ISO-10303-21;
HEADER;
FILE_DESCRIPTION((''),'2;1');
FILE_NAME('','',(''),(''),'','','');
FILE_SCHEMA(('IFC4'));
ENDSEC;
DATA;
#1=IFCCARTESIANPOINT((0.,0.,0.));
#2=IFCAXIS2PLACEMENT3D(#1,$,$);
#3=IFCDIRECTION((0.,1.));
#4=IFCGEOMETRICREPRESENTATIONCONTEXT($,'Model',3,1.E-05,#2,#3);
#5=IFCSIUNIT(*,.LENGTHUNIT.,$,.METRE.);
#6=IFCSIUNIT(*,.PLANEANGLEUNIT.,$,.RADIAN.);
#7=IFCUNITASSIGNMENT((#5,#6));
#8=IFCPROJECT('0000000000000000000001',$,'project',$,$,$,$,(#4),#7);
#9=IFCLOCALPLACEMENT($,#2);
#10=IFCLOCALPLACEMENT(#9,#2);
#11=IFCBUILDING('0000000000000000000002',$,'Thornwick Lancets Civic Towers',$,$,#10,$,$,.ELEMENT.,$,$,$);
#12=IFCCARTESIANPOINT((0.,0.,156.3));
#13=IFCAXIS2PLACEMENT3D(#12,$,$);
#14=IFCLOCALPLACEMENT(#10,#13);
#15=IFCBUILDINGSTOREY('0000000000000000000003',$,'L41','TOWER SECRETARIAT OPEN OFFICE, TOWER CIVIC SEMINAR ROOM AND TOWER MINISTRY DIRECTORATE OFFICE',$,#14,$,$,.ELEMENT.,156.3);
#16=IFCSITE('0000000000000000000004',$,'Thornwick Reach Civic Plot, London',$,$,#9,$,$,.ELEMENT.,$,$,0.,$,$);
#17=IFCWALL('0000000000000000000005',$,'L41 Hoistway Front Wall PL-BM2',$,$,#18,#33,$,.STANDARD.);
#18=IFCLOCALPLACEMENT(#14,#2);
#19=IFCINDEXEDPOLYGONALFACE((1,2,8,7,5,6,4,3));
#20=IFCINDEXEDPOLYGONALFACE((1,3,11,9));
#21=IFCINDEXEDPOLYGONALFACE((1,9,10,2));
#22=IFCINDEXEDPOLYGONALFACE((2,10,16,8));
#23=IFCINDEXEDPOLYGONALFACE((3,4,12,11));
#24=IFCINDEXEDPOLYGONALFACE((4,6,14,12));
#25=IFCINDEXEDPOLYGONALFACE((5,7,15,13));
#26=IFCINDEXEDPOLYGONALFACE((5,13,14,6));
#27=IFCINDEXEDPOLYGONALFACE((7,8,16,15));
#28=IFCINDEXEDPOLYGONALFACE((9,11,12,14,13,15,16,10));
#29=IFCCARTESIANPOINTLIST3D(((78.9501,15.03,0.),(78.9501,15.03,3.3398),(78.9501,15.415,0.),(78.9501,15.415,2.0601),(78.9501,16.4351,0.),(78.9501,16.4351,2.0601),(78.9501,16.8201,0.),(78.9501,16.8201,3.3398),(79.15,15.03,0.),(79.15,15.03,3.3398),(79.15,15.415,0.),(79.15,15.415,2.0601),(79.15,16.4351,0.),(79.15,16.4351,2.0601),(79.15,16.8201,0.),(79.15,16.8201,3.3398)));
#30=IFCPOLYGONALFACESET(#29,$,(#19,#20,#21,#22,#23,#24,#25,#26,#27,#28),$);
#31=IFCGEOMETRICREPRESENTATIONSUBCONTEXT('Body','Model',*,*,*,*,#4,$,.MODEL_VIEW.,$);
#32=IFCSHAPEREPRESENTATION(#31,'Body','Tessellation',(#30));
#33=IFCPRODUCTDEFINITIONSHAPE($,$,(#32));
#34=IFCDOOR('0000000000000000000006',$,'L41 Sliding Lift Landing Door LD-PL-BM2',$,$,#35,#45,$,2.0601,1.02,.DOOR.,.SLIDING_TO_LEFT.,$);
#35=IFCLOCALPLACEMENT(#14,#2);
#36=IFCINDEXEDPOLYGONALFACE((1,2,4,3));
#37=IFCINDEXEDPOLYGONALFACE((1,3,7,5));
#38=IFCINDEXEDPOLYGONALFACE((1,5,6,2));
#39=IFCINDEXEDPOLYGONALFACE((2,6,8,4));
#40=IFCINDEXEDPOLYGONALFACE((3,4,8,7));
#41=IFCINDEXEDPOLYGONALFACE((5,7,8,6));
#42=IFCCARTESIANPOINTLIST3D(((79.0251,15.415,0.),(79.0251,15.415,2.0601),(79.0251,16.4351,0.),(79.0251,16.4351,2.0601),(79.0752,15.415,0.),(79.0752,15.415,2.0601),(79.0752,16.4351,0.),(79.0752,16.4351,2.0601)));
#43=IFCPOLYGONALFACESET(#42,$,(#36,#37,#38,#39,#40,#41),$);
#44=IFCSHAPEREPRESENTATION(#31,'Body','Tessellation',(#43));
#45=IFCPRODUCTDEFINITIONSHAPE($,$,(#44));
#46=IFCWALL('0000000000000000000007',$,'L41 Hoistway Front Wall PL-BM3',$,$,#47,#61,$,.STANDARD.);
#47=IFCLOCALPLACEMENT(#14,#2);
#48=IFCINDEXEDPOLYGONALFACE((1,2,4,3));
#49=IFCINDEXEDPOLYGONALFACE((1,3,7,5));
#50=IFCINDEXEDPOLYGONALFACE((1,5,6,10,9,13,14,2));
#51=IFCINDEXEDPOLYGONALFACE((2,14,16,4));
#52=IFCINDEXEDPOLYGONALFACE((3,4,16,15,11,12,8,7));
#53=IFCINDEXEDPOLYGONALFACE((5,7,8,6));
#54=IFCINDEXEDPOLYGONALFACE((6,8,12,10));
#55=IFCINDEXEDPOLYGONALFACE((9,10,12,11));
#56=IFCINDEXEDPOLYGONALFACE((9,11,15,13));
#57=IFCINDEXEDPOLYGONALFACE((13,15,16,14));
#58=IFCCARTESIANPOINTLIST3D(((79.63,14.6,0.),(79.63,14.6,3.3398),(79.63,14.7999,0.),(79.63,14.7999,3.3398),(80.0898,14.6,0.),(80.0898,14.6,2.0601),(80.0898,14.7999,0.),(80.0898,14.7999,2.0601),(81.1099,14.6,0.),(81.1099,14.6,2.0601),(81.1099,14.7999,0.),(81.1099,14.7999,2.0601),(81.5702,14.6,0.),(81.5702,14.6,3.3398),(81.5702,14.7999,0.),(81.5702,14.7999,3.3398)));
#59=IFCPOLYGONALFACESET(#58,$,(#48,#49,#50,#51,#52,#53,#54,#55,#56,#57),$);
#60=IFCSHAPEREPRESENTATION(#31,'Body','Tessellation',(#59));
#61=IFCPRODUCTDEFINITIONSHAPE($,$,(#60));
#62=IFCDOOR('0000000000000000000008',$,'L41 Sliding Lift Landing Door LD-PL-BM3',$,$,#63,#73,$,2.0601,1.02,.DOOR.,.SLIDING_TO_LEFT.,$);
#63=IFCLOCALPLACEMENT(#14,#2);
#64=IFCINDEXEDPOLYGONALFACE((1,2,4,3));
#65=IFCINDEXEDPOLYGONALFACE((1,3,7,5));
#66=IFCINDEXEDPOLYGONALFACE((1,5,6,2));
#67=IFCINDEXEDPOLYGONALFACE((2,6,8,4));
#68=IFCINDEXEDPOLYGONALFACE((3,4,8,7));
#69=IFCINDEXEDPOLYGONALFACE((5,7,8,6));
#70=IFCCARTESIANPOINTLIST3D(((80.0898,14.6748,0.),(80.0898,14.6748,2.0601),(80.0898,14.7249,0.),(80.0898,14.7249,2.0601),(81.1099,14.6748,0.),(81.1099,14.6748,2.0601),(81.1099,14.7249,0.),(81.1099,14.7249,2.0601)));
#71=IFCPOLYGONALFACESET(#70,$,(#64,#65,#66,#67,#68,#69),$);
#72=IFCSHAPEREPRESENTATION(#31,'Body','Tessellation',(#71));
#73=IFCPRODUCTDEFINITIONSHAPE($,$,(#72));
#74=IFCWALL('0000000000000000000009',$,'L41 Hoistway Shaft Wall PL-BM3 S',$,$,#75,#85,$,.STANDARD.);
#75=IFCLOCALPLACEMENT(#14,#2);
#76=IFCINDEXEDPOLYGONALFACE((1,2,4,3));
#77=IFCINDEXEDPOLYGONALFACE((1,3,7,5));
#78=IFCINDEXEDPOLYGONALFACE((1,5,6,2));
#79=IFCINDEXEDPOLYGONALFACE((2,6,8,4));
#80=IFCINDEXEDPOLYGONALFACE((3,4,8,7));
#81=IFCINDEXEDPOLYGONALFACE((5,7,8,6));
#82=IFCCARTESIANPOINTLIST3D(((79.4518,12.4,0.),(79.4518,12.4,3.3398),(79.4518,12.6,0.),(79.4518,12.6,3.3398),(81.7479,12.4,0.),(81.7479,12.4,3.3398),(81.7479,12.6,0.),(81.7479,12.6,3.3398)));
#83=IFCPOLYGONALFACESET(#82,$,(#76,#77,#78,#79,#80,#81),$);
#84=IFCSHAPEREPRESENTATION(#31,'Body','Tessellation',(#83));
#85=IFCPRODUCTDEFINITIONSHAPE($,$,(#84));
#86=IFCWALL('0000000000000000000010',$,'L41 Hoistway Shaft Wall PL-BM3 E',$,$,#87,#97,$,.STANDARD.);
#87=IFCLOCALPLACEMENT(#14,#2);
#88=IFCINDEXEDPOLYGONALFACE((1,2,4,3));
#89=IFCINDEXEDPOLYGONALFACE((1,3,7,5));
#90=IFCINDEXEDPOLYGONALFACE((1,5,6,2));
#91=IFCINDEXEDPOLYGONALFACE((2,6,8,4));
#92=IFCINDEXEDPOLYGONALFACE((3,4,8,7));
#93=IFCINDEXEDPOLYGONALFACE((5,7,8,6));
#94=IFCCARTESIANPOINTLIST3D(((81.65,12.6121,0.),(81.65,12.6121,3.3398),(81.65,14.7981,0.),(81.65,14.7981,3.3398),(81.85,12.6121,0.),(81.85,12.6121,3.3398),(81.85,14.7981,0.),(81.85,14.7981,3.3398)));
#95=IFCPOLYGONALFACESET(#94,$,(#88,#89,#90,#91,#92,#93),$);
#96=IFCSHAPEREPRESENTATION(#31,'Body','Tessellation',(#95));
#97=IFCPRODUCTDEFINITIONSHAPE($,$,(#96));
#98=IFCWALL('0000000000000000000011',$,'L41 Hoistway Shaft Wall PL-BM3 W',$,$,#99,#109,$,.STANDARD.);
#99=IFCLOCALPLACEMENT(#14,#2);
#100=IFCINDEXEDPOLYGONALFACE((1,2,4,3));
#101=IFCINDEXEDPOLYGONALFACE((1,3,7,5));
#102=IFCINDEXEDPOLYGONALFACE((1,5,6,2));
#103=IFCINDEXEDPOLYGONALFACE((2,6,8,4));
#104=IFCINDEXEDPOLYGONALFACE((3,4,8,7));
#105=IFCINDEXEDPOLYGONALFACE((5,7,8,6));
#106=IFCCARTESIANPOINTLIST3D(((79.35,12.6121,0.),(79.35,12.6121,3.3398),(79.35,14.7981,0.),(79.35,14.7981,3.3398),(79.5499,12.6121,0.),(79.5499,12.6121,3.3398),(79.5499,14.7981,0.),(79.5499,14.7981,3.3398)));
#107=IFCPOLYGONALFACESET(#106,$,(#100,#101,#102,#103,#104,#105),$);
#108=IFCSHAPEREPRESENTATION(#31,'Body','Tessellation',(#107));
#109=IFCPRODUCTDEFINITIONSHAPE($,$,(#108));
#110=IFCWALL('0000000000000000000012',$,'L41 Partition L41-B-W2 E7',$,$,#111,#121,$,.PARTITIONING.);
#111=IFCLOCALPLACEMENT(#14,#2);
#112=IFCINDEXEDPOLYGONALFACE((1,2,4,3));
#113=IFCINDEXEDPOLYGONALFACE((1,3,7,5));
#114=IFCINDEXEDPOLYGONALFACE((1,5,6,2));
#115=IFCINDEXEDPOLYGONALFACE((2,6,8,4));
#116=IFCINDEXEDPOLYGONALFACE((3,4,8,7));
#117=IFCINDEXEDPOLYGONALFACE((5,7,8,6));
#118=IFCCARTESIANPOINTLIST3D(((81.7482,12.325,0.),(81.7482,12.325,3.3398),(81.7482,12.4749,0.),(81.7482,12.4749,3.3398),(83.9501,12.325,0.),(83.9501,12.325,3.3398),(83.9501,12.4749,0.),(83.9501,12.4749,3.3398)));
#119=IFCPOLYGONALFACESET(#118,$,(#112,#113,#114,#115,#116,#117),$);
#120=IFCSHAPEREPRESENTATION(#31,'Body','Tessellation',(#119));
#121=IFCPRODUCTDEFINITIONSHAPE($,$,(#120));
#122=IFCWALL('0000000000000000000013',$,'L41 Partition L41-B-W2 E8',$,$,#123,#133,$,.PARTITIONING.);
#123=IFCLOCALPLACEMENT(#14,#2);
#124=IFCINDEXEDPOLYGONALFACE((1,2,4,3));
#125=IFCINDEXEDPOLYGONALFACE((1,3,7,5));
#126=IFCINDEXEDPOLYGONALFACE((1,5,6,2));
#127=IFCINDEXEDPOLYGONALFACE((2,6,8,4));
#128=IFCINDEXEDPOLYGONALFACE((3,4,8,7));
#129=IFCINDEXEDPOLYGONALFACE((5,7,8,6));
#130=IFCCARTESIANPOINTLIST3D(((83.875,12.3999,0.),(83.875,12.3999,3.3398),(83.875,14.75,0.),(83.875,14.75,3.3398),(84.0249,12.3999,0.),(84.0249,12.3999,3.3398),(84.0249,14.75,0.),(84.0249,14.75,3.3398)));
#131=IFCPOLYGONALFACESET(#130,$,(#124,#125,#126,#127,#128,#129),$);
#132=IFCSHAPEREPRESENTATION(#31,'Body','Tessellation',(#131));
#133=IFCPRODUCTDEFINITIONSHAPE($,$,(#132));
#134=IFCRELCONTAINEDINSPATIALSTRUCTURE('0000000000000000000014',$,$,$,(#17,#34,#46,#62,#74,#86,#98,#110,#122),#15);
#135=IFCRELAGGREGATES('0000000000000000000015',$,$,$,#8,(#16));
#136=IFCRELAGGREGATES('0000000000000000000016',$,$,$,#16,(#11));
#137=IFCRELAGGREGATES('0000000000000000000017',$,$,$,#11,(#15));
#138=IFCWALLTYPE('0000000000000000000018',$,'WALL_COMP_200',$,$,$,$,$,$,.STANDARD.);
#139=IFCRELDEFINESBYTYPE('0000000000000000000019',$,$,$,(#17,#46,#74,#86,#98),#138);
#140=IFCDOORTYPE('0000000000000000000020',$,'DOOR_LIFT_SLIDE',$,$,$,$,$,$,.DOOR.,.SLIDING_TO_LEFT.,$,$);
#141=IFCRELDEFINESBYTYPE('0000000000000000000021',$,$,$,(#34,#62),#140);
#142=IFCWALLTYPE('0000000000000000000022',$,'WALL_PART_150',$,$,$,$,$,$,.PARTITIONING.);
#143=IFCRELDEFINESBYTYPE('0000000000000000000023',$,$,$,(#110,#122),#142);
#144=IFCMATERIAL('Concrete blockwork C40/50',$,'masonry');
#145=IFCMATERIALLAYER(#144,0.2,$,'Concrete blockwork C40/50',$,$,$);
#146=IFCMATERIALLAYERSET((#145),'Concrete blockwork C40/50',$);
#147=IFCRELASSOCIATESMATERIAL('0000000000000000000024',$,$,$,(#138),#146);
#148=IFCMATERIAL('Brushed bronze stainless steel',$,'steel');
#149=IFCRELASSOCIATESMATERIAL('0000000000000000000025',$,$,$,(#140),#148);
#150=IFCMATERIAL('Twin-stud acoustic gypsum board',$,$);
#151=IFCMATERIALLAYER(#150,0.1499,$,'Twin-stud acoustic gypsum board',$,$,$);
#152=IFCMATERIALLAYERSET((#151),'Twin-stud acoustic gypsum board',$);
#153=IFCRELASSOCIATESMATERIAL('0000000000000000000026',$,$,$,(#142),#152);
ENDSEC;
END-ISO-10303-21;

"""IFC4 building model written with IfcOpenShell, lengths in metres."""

from ifc_helpers import new_model, si_unit, direction, frame, frame_2d, origin, place, context, subcontext, project, spatial, rectangle, extrude, material, layer, layer_set, type_object, element, fill, save


model = new_model("IFC4")

# Units and contexts
model_context = context("Model", 3, precision=1e-05, world=origin(), true_north=direction((0.0, 1.0)))
body_context = subcontext(model_context, "Body", "Model", "MODEL_VIEW")
ifc_project = project(units=[si_unit("LENGTHUNIT", "METRE"), si_unit("PLANEANGLEUNIT", "RADIAN")], contexts=[model_context])

# Site, building, storey
site_placement = place(None, origin())
site = spatial("IfcSite", under=ifc_project, at=site_placement, Name="Thornwick Reach Civic Plot, London", CompositionType="ELEMENT", RefElevation=0.0)
building_placement = place(site_placement, origin())
building = spatial("IfcBuilding", under=site, at=building_placement, Name="Thornwick Lancets Civic Towers", CompositionType="ELEMENT")
storey_placement = place(building_placement, frame((0.0, 0.0, 156.3)))
storey = spatial("IfcBuildingStorey", under=building, at=storey_placement, Name="L41", Description="TOWER SECRETARIAT OPEN OFFICE, TOWER CIVIC SEMINAR ROOM AND TOWER MINISTRY DIRECTORATE OFFICE", CompositionType="ELEMENT", Elevation=156.3)

# Walls, openings, doors
ifc_material_1 = material(Name="Concrete blockwork C40/50", Category="masonry")
ifc_layer_1 = layer(ifc_material_1, 0.2, Name="Concrete blockwork C40/50")
ifc_layer_set_1 = layer_set([ifc_layer_1], Name="Concrete blockwork C40/50")
wall_type_1 = type_object("IfcWallType", Name="WALL_COMP_200", PredefinedType="STANDARD", material=ifc_layer_set_1)
ifc_material_2 = material(Name="Brushed bronze stainless steel", Category="steel")
door_type_1 = type_object("IfcDoorType", Name="DOOR_LIFT_SLIDE", OperationType="SLIDING_TO_LEFT", PredefinedType="DOOR", material=ifc_material_2)
wall_1_placement = place(storey_placement, frame((79.05, 15.03, 0.0), z_axis=(0.0, 0.0, 1.0), x_axis=(0.0, 1.0, 0.0)))
wall_1 = element("IfcWall", 1, at=wall_1_placement, inside=storey, type_object=wall_type_1, Name="L41 Hoistway Front Wall PL-BM2", PredefinedType="STANDARD", context=body_context, shape_type="SweptSolid", body=[
    extrude(rectangle(XDim=1.79, YDim=0.2, at=frame_2d((0.895, 0.0))), origin(), (0.0, 0.0, 1.0), 3.3398),
])
opening_1_placement = place(wall_1_placement, frame((0.385, 0.0, 0.0)))
opening_1 = element("IfcOpeningElement", 2, at=opening_1_placement, cuts=wall_1, PredefinedType="OPENING", context=body_context, shape_type="SweptSolid", body=[
    extrude(rectangle(XDim=1.02, YDim=2.0601, at=frame_2d((0.51, 1.03))), frame((0.0, 0.1099, 0.0), z_axis=(0.0, -1.0, 0.0), x_axis=(1.0, 0.0, 0.0)), (0.0, 0.0, 1.0), 0.22),
])
door_1_placement = place(opening_1_placement, origin())
door_1 = element("IfcDoor", 3, at=door_1_placement, inside=storey, type_object=door_type_1, Name="L41 Sliding Lift Landing Door LD-PL-BM2", OperationType="SLIDING_TO_LEFT", OverallHeight=2.0601, OverallWidth=1.02, PredefinedType="DOOR", context=body_context, shape_type="SweptSolid", body=[
    extrude(rectangle(XDim=1.02, YDim=2.0601, at=frame_2d((0.51, 1.03))), frame((0.0, 0.0249, 0.0), z_axis=(0.0, -1.0, 0.0), x_axis=(1.0, 0.0, 0.0)), (0.0, 0.0, 1.0), 0.05),
])
fill(opening_1, door_1)
wall_2_placement = place(storey_placement, frame((79.6299, 14.7, 0.0), z_axis=(0.0, 0.0, 1.0), x_axis=(1.0, 0.0, 0.0)))
wall_2 = element("IfcWall", 4, at=wall_2_placement, inside=storey, type_object=wall_type_1, Name="L41 Hoistway Front Wall PL-BM3", PredefinedType="STANDARD", context=body_context, shape_type="SweptSolid", body=[
    extrude(rectangle(XDim=1.9402, YDim=0.2, at=frame_2d((0.9702, 0.0))), origin(), (0.0, 0.0, 1.0), 3.3398),
])
opening_2_placement = place(wall_2_placement, frame((0.46, 0.0, 0.0)))
opening_2 = element("IfcOpeningElement", 5, at=opening_2_placement, cuts=wall_2, PredefinedType="OPENING", context=body_context, shape_type="SweptSolid", body=[
    extrude(rectangle(XDim=1.02, YDim=2.0601, at=frame_2d((0.51, 1.03))), frame((0.0, 0.1099, 0.0), z_axis=(0.0, -1.0, 0.0), x_axis=(1.0, 0.0, 0.0)), (0.0, 0.0, 1.0), 0.22),
])
door_2_placement = place(opening_2_placement, origin())
door_2 = element("IfcDoor", 6, at=door_2_placement, inside=storey, type_object=door_type_1, Name="L41 Sliding Lift Landing Door LD-PL-BM3", OperationType="SLIDING_TO_LEFT", OverallHeight=2.0601, OverallWidth=1.02, PredefinedType="DOOR", context=body_context, shape_type="SweptSolid", body=[
    extrude(rectangle(XDim=1.02, YDim=2.0601, at=frame_2d((0.51, 1.03))), frame((0.0, 0.0249, 0.0), z_axis=(0.0, -1.0, 0.0), x_axis=(1.0, 0.0, 0.0)), (0.0, 0.0, 1.0), 0.05),
])
fill(opening_2, door_2)

# Walls
wall_3_placement = place(storey_placement, frame((79.4519, 12.5, 0.0), z_axis=(0.0, 0.0, 1.0), x_axis=(1.0, 0.0, 0.0)))
element("IfcWall", 7, at=wall_3_placement, inside=storey, type_object=wall_type_1, Name="L41 Hoistway Shaft Wall PL-BM3 S", PredefinedType="STANDARD", context=body_context, shape_type="SweptSolid", body=[
    extrude(rectangle(XDim=2.2961, YDim=0.2, at=frame_2d((1.1479, 0.0))), origin(), (0.0, 0.0, 1.0), 3.3398),
])
for number, where, z_axis, x_axis, name in (
    (8, (81.75, 12.6121, 0.0), (0.0, 0.0, 1.0), (0.0, 1.0, 0.0), "L41 Hoistway Shaft Wall PL-BM3 E"),
    (9, (79.45, 12.6121, 0.0), (0.0, 0.0, 1.0), (0.0, 1.0, 0.0), "L41 Hoistway Shaft Wall PL-BM3 W"),
):
    element("IfcWall", number, at=place(storey_placement, frame(where, z_axis=z_axis, x_axis=x_axis)), inside=storey, type_object=wall_type_1, Name=name, PredefinedType="STANDARD", context=body_context, shape_type="SweptSolid", body=[
        extrude(rectangle(XDim=2.186, YDim=0.2, at=frame_2d((1.093, 0.0))), origin(), (0.0, 0.0, 1.0), 3.3398),
    ])

# Shared definitions
ifc_material_3 = material(Name="Twin-stud acoustic gypsum board")
ifc_layer_2 = layer(ifc_material_3, 0.1499, Name="Twin-stud acoustic gypsum board")
ifc_layer_set_2 = layer_set([ifc_layer_2], Name="Twin-stud acoustic gypsum board")
wall_type_2 = type_object("IfcWallType", Name="WALL_PART_150", PredefinedType="PARTITIONING", material=ifc_layer_set_2)

# Walls
wall_4_placement = place(storey_placement, frame((81.748, 12.3999, 0.0), z_axis=(0.0, 0.0, 1.0), x_axis=(1.0, 0.0, 0.0)))
element("IfcWall", 10, at=wall_4_placement, inside=storey, type_object=wall_type_2, Name="L41 Partition L41-B-W2 E7", PredefinedType="PARTITIONING", context=body_context, shape_type="SweptSolid", body=[
    extrude(rectangle(XDim=2.2019, YDim=0.1499, at=frame_2d((1.1011, 0.0))), origin(), (0.0, 0.0, 1.0), 3.3398),
])
wall_5_placement = place(storey_placement, frame((83.95, 12.3999, 0.0), z_axis=(0.0, 0.0, 1.0), x_axis=(0.0, 1.0, 0.0)))
element("IfcWall", 11, at=wall_5_placement, inside=storey, type_object=wall_type_2, Name="L41 Partition L41-B-W2 E8", PredefinedType="PARTITIONING", context=body_context, shape_type="SweptSolid", body=[
    extrude(rectangle(XDim=2.3501, YDim=0.1499, at=frame_2d((1.175, 0.0))), origin(), (0.0, 0.0, 1.0), 3.3398),
])

save(model, "model.ifc")
